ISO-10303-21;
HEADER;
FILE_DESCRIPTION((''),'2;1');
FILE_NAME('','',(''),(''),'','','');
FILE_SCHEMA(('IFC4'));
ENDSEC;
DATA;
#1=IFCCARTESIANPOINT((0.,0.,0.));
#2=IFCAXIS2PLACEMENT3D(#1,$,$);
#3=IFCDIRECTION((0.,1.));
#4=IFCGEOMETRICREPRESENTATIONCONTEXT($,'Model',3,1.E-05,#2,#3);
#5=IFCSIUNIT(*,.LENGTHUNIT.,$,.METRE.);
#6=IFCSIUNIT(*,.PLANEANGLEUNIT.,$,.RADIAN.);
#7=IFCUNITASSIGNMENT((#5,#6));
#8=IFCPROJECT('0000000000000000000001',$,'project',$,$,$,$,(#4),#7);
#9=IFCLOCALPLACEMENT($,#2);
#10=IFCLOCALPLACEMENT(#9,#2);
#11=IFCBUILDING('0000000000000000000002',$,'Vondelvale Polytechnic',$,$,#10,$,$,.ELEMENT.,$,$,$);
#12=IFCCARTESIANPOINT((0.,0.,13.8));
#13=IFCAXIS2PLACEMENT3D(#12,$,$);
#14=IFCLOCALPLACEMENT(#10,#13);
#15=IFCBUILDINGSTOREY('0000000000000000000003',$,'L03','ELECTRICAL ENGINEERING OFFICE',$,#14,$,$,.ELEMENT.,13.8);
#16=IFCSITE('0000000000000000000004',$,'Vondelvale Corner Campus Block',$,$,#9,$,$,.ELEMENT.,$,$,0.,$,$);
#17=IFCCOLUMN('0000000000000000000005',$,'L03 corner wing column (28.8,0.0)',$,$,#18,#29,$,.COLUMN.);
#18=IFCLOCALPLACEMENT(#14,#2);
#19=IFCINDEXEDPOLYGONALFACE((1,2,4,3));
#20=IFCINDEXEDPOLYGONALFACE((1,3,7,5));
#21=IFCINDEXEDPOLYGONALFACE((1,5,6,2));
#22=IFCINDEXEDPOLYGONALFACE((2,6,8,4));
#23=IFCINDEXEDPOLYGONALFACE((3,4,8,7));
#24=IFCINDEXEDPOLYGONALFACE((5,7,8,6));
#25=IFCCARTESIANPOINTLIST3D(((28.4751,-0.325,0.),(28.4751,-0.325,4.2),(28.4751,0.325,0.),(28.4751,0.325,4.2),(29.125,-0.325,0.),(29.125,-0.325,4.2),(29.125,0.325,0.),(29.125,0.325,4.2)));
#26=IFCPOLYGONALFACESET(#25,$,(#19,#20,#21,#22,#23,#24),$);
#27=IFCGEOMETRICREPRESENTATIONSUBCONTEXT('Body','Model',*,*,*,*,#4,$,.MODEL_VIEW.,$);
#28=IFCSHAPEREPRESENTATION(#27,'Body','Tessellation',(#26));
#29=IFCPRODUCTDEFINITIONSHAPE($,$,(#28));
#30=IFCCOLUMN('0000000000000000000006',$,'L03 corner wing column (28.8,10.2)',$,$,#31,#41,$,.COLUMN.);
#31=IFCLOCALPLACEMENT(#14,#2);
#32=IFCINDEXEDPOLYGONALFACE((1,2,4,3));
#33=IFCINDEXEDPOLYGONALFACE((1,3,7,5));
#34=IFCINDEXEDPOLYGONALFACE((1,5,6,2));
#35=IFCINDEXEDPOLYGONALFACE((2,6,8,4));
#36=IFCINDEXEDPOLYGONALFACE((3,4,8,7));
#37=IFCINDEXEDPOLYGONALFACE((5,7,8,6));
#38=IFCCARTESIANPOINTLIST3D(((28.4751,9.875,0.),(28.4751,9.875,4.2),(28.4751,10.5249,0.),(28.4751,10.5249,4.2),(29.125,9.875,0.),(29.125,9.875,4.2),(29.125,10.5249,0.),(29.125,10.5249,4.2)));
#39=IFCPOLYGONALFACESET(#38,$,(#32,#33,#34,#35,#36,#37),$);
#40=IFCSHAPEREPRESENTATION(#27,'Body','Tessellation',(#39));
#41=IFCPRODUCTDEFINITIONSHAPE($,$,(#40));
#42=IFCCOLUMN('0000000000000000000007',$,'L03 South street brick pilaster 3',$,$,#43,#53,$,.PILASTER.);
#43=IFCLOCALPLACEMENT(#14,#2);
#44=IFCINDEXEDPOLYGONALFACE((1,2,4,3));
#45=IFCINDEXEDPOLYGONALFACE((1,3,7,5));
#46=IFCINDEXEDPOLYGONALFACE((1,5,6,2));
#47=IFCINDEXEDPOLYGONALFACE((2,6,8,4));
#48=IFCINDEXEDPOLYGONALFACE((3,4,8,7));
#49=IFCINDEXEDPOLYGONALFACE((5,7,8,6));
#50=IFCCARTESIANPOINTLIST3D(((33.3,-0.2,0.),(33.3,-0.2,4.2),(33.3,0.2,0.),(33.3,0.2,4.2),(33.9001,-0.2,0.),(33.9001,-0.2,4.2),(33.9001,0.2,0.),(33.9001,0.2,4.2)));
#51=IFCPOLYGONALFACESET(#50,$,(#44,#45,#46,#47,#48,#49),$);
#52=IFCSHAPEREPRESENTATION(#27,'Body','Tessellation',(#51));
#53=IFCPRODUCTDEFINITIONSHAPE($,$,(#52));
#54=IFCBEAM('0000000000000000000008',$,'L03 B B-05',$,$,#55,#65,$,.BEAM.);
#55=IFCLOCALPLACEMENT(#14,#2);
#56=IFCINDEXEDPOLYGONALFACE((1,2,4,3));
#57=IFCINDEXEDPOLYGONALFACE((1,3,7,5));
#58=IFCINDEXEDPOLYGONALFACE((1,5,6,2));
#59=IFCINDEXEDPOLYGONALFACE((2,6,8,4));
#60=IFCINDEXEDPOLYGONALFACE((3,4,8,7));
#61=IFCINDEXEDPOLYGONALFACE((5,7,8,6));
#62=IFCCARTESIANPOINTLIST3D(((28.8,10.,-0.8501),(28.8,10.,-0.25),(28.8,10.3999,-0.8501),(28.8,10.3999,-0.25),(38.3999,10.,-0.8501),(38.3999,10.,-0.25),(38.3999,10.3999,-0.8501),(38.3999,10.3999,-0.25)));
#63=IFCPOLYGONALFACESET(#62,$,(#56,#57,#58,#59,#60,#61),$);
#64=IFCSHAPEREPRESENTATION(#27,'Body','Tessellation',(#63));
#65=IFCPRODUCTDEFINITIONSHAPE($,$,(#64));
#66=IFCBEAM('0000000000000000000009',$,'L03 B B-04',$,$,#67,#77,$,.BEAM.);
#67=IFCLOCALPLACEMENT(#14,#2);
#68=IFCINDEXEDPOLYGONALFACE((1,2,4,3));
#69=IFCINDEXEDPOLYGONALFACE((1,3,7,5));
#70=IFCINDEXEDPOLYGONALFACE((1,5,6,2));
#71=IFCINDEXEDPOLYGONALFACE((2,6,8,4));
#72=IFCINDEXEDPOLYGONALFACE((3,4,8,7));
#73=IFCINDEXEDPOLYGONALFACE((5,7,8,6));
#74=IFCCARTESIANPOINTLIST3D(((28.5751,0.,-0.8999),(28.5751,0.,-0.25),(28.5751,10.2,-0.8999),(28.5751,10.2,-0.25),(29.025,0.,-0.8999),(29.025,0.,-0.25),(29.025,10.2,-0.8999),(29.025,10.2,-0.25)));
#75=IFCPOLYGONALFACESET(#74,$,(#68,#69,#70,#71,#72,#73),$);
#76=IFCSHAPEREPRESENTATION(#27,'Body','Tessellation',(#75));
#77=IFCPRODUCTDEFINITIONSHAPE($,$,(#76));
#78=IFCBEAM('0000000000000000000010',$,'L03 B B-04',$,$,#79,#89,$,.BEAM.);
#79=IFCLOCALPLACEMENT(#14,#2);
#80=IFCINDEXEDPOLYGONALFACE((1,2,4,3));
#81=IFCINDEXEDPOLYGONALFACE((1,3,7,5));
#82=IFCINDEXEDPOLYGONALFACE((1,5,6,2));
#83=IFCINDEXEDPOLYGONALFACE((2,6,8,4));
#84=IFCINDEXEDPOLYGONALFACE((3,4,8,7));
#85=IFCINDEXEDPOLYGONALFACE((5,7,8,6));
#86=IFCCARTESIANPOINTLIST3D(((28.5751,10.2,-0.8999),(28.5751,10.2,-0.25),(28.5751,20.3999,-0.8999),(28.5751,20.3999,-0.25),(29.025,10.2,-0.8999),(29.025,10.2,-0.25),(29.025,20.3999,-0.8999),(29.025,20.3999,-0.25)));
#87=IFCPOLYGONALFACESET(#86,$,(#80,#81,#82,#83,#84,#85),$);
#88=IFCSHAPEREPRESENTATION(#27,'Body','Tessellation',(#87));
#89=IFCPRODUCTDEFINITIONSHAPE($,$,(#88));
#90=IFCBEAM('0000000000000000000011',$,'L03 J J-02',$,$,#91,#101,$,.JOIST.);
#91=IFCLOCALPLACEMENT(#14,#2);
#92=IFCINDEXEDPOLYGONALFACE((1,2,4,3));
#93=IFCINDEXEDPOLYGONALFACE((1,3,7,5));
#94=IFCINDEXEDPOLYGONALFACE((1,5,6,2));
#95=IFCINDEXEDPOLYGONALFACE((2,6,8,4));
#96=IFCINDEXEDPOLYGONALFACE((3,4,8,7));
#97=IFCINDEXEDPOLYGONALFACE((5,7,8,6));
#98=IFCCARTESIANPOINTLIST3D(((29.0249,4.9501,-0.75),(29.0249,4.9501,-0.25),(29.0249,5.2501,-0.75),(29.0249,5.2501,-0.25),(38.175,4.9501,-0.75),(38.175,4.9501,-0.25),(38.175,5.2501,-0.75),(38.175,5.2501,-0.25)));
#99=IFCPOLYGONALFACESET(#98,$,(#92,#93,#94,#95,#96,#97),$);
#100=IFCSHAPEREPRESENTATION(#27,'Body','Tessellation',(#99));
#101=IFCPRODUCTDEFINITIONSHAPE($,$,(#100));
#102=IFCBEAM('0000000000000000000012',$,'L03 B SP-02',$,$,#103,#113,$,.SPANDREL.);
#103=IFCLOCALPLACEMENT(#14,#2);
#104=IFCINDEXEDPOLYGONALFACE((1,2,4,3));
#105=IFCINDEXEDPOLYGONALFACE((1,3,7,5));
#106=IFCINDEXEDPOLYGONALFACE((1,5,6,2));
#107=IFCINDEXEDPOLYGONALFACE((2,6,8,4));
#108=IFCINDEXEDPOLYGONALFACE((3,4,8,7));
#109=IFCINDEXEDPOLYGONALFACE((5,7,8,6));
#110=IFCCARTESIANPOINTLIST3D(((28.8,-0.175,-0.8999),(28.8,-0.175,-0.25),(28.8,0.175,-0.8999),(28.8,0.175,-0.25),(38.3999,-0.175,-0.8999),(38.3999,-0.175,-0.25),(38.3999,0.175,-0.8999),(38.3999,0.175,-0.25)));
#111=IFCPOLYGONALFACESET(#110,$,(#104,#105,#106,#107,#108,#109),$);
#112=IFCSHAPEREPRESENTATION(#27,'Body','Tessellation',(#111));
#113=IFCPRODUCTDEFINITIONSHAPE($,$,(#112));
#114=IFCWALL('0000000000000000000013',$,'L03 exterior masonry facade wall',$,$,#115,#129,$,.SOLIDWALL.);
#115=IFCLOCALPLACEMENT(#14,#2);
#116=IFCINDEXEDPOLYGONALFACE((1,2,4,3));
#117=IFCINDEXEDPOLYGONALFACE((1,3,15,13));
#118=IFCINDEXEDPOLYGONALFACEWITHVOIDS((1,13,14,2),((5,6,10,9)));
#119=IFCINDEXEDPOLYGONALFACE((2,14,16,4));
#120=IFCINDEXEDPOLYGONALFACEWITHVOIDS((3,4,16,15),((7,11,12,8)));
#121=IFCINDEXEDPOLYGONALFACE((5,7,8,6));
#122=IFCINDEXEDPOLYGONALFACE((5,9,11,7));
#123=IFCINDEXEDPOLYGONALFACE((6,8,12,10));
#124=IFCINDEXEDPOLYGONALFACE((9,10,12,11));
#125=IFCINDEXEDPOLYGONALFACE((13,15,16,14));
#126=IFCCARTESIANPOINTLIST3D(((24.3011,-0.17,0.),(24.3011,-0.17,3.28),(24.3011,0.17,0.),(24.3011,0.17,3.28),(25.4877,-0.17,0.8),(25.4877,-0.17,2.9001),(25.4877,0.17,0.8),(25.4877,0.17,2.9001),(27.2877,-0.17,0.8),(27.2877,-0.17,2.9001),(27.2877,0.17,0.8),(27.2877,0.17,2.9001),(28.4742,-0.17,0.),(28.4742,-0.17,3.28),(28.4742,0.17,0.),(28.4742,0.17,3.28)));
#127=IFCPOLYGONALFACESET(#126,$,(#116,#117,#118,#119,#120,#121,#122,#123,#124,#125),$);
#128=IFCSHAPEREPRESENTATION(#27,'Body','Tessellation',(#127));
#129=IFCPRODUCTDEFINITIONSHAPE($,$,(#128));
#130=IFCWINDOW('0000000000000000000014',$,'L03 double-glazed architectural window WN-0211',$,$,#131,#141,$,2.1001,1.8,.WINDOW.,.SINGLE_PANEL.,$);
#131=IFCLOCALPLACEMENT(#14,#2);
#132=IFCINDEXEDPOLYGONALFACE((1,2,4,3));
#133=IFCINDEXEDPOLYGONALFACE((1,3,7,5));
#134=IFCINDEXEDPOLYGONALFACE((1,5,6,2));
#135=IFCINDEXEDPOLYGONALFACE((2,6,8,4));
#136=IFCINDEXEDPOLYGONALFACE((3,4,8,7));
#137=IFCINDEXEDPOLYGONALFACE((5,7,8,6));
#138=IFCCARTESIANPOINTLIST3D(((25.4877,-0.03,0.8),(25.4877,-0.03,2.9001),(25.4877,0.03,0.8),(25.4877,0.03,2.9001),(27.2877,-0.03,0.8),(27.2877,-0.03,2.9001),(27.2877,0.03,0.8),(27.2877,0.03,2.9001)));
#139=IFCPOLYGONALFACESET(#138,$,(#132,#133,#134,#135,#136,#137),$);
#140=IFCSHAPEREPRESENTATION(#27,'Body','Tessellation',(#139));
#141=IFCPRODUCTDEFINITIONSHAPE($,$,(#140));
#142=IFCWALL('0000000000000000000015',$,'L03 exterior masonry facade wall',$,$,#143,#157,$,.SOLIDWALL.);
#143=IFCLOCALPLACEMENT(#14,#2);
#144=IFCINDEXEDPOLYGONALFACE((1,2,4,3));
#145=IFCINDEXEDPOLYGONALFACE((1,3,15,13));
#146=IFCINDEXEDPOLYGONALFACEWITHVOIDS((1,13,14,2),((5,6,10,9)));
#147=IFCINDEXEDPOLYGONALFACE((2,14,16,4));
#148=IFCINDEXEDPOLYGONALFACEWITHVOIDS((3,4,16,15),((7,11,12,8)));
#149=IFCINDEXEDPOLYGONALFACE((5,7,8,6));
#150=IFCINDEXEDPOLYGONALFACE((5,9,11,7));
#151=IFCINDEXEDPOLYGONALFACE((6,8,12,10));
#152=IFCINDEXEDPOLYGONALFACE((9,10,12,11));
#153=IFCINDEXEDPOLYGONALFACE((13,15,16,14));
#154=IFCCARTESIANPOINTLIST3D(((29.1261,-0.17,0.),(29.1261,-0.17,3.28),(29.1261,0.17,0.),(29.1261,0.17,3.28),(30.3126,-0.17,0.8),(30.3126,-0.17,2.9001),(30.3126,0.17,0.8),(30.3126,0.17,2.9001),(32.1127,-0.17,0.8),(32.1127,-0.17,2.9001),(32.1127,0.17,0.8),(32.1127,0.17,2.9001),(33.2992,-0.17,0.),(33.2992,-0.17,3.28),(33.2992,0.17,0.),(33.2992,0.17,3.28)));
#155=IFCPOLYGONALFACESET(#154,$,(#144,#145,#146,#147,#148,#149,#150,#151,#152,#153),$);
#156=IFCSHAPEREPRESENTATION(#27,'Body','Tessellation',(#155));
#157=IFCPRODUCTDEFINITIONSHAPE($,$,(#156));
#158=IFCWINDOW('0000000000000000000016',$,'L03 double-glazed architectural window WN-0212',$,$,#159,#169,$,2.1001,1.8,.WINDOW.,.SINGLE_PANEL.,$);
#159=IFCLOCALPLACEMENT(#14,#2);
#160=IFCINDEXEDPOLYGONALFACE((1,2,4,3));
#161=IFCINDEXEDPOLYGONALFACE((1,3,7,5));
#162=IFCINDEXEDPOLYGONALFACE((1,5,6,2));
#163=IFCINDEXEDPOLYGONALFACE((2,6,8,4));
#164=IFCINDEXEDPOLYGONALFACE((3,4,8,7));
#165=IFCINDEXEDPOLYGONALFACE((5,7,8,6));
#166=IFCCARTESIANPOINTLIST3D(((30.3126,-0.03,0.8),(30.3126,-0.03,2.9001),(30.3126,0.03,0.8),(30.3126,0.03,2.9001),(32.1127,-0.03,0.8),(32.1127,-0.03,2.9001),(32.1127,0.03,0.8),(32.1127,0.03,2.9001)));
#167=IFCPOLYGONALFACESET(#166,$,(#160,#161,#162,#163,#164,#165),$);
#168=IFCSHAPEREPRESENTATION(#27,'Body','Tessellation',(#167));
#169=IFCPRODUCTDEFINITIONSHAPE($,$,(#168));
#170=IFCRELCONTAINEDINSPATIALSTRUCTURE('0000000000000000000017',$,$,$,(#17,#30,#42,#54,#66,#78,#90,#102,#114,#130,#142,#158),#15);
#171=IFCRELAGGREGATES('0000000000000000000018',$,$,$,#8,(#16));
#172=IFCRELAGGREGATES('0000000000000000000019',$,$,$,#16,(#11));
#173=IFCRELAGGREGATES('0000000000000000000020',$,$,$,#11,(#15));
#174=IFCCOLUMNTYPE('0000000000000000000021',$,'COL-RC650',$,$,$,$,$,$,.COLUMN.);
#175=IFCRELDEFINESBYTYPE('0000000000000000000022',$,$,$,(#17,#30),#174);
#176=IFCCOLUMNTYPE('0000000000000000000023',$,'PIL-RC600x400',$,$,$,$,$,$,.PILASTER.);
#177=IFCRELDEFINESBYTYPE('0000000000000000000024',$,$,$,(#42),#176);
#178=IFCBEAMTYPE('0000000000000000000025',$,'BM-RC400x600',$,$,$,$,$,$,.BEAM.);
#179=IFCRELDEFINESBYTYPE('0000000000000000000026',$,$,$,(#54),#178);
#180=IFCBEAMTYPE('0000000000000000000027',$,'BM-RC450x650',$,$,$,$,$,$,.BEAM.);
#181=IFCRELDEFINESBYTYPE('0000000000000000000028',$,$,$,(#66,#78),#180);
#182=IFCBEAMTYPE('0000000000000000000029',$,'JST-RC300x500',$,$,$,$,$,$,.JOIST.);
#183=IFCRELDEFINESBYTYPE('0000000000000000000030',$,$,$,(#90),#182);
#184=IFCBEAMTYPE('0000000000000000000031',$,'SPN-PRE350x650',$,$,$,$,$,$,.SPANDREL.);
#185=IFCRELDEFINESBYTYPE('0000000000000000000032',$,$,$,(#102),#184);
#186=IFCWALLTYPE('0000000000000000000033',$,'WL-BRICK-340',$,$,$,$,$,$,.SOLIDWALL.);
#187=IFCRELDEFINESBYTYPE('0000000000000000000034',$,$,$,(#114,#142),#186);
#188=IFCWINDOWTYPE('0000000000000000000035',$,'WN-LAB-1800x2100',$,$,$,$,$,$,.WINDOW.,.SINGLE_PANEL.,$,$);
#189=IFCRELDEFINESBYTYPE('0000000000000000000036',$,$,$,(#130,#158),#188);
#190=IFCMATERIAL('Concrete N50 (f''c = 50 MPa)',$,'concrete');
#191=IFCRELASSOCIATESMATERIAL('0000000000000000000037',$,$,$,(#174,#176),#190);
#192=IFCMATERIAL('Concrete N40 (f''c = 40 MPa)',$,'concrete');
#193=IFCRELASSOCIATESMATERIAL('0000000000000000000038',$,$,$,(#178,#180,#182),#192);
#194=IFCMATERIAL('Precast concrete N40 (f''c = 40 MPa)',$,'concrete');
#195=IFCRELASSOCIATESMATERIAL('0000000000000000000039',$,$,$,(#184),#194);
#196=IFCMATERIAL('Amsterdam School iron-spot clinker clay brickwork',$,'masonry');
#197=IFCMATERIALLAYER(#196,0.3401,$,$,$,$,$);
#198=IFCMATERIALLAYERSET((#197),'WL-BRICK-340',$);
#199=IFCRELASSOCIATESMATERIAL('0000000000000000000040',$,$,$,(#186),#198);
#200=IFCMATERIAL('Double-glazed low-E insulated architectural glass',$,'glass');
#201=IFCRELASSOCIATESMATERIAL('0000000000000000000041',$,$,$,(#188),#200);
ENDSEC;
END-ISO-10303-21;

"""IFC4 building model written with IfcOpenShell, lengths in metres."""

from ifc_helpers import new_model, si_unit, direction, frame, frame_2d, origin, origin_2d, place, context, subcontext, project, spatial, rectangle, extrude, material, layer, layer_set, material_profile, profile_set, type_object, element, fill, save


model = new_model("IFC4")

# Units and contexts
model_context = context("Model", 3, precision=1e-05, world=origin(), true_north=direction((0.0, 1.0)))
body_context = subcontext(model_context, "Body", "Model", "MODEL_VIEW")
ifc_project = project(units=[si_unit("LENGTHUNIT", "METRE"), si_unit("PLANEANGLEUNIT", "RADIAN")], contexts=[model_context])

# Site, building, storey
site_placement = place(None, origin())
site = spatial("IfcSite", under=ifc_project, at=site_placement, Name="Vondelvale Corner Campus Block", CompositionType="ELEMENT", RefElevation=0.0)
building_placement = place(site_placement, origin())
building = spatial("IfcBuilding", under=site, at=building_placement, Name="Vondelvale Polytechnic", CompositionType="ELEMENT")
storey_placement = place(building_placement, frame((0.0, 0.0, 13.8)))
storey = spatial("IfcBuildingStorey", under=building, at=storey_placement, Name="L03", Description="ELECTRICAL ENGINEERING OFFICE", CompositionType="ELEMENT", Elevation=13.8)

# Columns
ifc_material_1 = material(Name="Concrete N50 (f'c = 50 MPa)", Category="concrete")
ifc_material_profile_1 = material_profile(ifc_material_1, rectangle(XDim=0.6499, YDim=0.6499, at=origin_2d()), Name="RC-COL-650x650")
ifc_profile_set_1 = profile_set([ifc_material_profile_1], Name="Concrete N50 (f'c = 50 MPa)")
column_type_1 = type_object("IfcColumnType", Name="COL-RC650", PredefinedType="COLUMN", material=ifc_profile_set_1)
for number, where, z_axis, x_axis, name in (
    (1, (28.8, 0.0, 0.0), (0.0, 0.0, 1.0), (1.0, 0.0, 0.0), "L03 corner wing column (28.8,0.0)"),
    (2, (28.8, 10.2, 0.0), (0.0, 0.0, 1.0), (1.0, 0.0, 0.0), "L03 corner wing column (28.8,10.2)"),
):
    element("IfcColumn", number, at=place(storey_placement, frame(where, z_axis=z_axis, x_axis=x_axis)), inside=storey, type_object=column_type_1, Name=name, PredefinedType="COLUMN", context=body_context, shape_type="SweptSolid", body=[
        extrude(rectangle(XDim=0.6499, YDim=0.6499, at=origin_2d()), origin(), (0.0, 0.0, 1.0), 4.2),
    ])
ifc_material_profile_2 = material_profile(ifc_material_1, rectangle(XDim=0.3999, YDim=0.6001, at=origin_2d()), Name="RC-PIL-600x400")
ifc_profile_set_2 = profile_set([ifc_material_profile_2], Name="Concrete N50 (f'c = 50 MPa)")
column_type_2 = type_object("IfcColumnType", Name="PIL-RC600x400", PredefinedType="PILASTER", material=ifc_profile_set_2)
column_placement = place(storey_placement, frame((33.6001, 0.0, 0.0), z_axis=(0.0, 0.0, 1.0), x_axis=(0.0, 1.0, 0.0)))
element("IfcColumn", 3, at=column_placement, inside=storey, type_object=column_type_2, Name="L03 South street brick pilaster 3", PredefinedType="PILASTER", context=body_context, shape_type="SweptSolid", body=[
    extrude(rectangle(XDim=0.3999, YDim=0.6001, at=origin_2d()), origin(), (0.0, 0.0, 1.0), 4.2),
])

# Beams
ifc_material_2 = material(Name="Concrete N40 (f'c = 40 MPa)", Category="concrete")
ifc_material_profile_3 = material_profile(ifc_material_2, rectangle(XDim=0.3999, YDim=0.6001, at=origin_2d()), Name="RC-BM-400x600")
ifc_profile_set_3 = profile_set([ifc_material_profile_3], Name="Concrete N40 (f'c = 40 MPa)")
beam_type_1 = type_object("IfcBeamType", Name="BM-RC400x600", PredefinedType="BEAM", material=ifc_profile_set_3)
beam_1_placement = place(storey_placement, frame((28.8, 10.2, -0.55), z_axis=(1.0, 0.0, 0.0), x_axis=(0.0, 1.0, 0.0)))
element("IfcBeam", 4, at=beam_1_placement, inside=storey, type_object=beam_type_1, Name="L03 B B-05", PredefinedType="BEAM", context=body_context, shape_type="SweptSolid", body=[
    extrude(rectangle(XDim=0.3999, YDim=0.6001, at=origin_2d()), origin(), (0.0, 0.0, 1.0), 9.5999),
])
ifc_material_profile_4 = material_profile(ifc_material_2, rectangle(XDim=0.45, YDim=0.6499, at=origin_2d()), Name="RC-BM-450x650")
ifc_profile_set_4 = profile_set([ifc_material_profile_4], Name="Concrete N40 (f'c = 40 MPa)")
beam_type_2 = type_object("IfcBeamType", Name="BM-RC450x650", PredefinedType="BEAM", material=ifc_profile_set_4)
for number, where, z_axis, x_axis, name in (
    (5, (28.8, 0.0, -0.575), (0.0, 1.0, 0.0), (-1.0, 0.0, 0.0), "L03 B B-04"),
    (6, (28.8, 10.2, -0.575), (0.0, 1.0, 0.0), (-1.0, 0.0, 0.0), "L03 B B-04"),
):
    element("IfcBeam", number, at=place(storey_placement, frame(where, z_axis=z_axis, x_axis=x_axis)), inside=storey, type_object=beam_type_2, Name=name, PredefinedType="BEAM", context=body_context, shape_type="SweptSolid", body=[
        extrude(rectangle(XDim=0.45, YDim=0.6499, at=origin_2d()), origin(), (0.0, 0.0, 1.0), 10.2),
    ])
ifc_material_profile_5 = material_profile(ifc_material_2, rectangle(XDim=0.3, YDim=0.5, at=origin_2d()), Name="RC-JST-300x500")
ifc_profile_set_5 = profile_set([ifc_material_profile_5], Name="Concrete N40 (f'c = 40 MPa)")
beam_type_3 = type_object("IfcBeamType", Name="JST-RC300x500", PredefinedType="JOIST", material=ifc_profile_set_5)
beam_2_placement = place(storey_placement, frame((29.0249, 5.1001, -0.5), z_axis=(1.0, 0.0, 0.0), x_axis=(0.0, 1.0, 0.0)))
element("IfcBeam", 7, at=beam_2_placement, inside=storey, type_object=beam_type_3, Name="L03 J J-02", PredefinedType="JOIST", context=body_context, shape_type="SweptSolid", body=[
    extrude(rectangle(XDim=0.3, YDim=0.5, at=origin_2d()), origin(), (0.0, 0.0, 1.0), 9.1501),
])
ifc_material_3 = material(Name="Precast concrete N40 (f'c = 40 MPa)", Category="concrete")
ifc_material_profile_6 = material_profile(ifc_material_3, rectangle(XDim=0.3501, YDim=0.6499, at=origin_2d()), Name="RC-SPN-350x650")
ifc_profile_set_6 = profile_set([ifc_material_profile_6], Name="Precast concrete N40 (f'c = 40 MPa)")
beam_type_4 = type_object("IfcBeamType", Name="SPN-PRE350x650", PredefinedType="SPANDREL", material=ifc_profile_set_6)
beam_3_placement = place(storey_placement, frame((28.8, 0.0, -0.575), z_axis=(1.0, 0.0, 0.0), x_axis=(0.0, 1.0, 0.0)))
element("IfcBeam", 8, at=beam_3_placement, inside=storey, type_object=beam_type_4, Name="L03 B SP-02", PredefinedType="SPANDREL", context=body_context, shape_type="SweptSolid", body=[
    extrude(rectangle(XDim=0.3501, YDim=0.6499, at=origin_2d()), origin(), (0.0, 0.0, 1.0), 9.5999),
])

# Walls, openings, windows
ifc_material_4 = material(Name="Amsterdam School iron-spot clinker clay brickwork", Category="masonry")
ifc_layer_1 = layer(ifc_material_4, 0.3401)
ifc_layer_set_1 = layer_set([ifc_layer_1], Name="WL-BRICK-340")
wall_type_1 = type_object("IfcWallType", Name="WL-BRICK-340", PredefinedType="SOLIDWALL", material=ifc_layer_set_1)
wall_1_placement = place(storey_placement, frame((28.4741, 0.0, 0.0), z_axis=(0.0, 0.0, 1.0), x_axis=(-1.0, 0.0, 0.0)))
wall_1 = element("IfcWall", 9, at=wall_1_placement, inside=storey, type_object=wall_type_1, Name="L03 exterior masonry facade wall", PredefinedType="SOLIDWALL", context=body_context, shape_type="SweptSolid", body=[
    extrude(rectangle(XDim=4.1731, YDim=0.3401, at=frame_2d((2.0864, 0.0))), origin(), (0.0, 0.0, 1.0), 3.28),
])
opening_1_placement = place(wall_1_placement, frame((1.1865, 0.0, 0.8)))
opening_1 = element("IfcOpeningElement", 10, at=opening_1_placement, cuts=wall_1, PredefinedType="OPENING", context=body_context, shape_type="SweptSolid", body=[
    extrude(rectangle(XDim=1.8, YDim=2.1001, at=frame_2d((0.8999, 1.05))), frame((0.0, 0.1799, 0.0), z_axis=(0.0, -1.0, 0.0), x_axis=(1.0, 0.0, 0.0)), (0.0, 0.0, 1.0), 0.3601),
])
ifc_material_5 = material(Name="Double-glazed low-E insulated architectural glass", Category="glass")
window_type = type_object("IfcWindowType", Name="WN-LAB-1800x2100", PartitioningType="SINGLE_PANEL", PredefinedType="WINDOW", material=ifc_material_5)
window_1_placement = place(opening_1_placement, origin())
window_1 = element("IfcWindow", 11, at=window_1_placement, inside=storey, type_object=window_type, Name="L03 double-glazed architectural window WN-0211", OverallHeight=2.1001, OverallWidth=1.8, PartitioningType="SINGLE_PANEL", PredefinedType="WINDOW", context=body_context, shape_type="SweptSolid", body=[
    extrude(rectangle(XDim=1.8, YDim=2.1001, at=frame_2d((0.8999, 1.05))), frame((0.0, 0.03, 0.0), z_axis=(0.0, -1.0, 0.0), x_axis=(1.0, 0.0, 0.0)), (0.0, 0.0, 1.0), 0.0601),
])
fill(opening_1, window_1)
wall_2_placement = place(storey_placement, frame((33.2991, 0.0, 0.0), z_axis=(0.0, 0.0, 1.0), x_axis=(-1.0, 0.0, 0.0)))
wall_2 = element("IfcWall", 12, at=wall_2_placement, inside=storey, type_object=wall_type_1, Name="L03 exterior masonry facade wall", PredefinedType="SOLIDWALL", context=body_context, shape_type="SweptSolid", body=[
    extrude(rectangle(XDim=4.1731, YDim=0.3401, at=frame_2d((2.0864, 0.0))), origin(), (0.0, 0.0, 1.0), 3.28),
])
opening_2_placement = place(wall_2_placement, frame((1.1865, 0.0, 0.8)))
opening_2 = element("IfcOpeningElement", 13, at=opening_2_placement, cuts=wall_2, PredefinedType="OPENING", context=body_context, shape_type="SweptSolid", body=[
    extrude(rectangle(XDim=1.8, YDim=2.1001, at=frame_2d((0.8999, 1.05))), frame((0.0, 0.1799, 0.0), z_axis=(0.0, -1.0, 0.0), x_axis=(1.0, 0.0, 0.0)), (0.0, 0.0, 1.0), 0.3601),
])
window_2_placement = place(opening_2_placement, origin())
window_2 = element("IfcWindow", 14, at=window_2_placement, inside=storey, type_object=window_type, Name="L03 double-glazed architectural window WN-0212", OverallHeight=2.1001, OverallWidth=1.8, PartitioningType="SINGLE_PANEL", PredefinedType="WINDOW", context=body_context, shape_type="SweptSolid", body=[
    extrude(rectangle(XDim=1.8, YDim=2.1001, at=frame_2d((0.8999, 1.05))), frame((0.0, 0.03, 0.0), z_axis=(0.0, -1.0, 0.0), x_axis=(1.0, 0.0, 0.0)), (0.0, 0.0, 1.0), 0.0601),
])
fill(opening_2, window_2)

save(model, "model.ifc")
